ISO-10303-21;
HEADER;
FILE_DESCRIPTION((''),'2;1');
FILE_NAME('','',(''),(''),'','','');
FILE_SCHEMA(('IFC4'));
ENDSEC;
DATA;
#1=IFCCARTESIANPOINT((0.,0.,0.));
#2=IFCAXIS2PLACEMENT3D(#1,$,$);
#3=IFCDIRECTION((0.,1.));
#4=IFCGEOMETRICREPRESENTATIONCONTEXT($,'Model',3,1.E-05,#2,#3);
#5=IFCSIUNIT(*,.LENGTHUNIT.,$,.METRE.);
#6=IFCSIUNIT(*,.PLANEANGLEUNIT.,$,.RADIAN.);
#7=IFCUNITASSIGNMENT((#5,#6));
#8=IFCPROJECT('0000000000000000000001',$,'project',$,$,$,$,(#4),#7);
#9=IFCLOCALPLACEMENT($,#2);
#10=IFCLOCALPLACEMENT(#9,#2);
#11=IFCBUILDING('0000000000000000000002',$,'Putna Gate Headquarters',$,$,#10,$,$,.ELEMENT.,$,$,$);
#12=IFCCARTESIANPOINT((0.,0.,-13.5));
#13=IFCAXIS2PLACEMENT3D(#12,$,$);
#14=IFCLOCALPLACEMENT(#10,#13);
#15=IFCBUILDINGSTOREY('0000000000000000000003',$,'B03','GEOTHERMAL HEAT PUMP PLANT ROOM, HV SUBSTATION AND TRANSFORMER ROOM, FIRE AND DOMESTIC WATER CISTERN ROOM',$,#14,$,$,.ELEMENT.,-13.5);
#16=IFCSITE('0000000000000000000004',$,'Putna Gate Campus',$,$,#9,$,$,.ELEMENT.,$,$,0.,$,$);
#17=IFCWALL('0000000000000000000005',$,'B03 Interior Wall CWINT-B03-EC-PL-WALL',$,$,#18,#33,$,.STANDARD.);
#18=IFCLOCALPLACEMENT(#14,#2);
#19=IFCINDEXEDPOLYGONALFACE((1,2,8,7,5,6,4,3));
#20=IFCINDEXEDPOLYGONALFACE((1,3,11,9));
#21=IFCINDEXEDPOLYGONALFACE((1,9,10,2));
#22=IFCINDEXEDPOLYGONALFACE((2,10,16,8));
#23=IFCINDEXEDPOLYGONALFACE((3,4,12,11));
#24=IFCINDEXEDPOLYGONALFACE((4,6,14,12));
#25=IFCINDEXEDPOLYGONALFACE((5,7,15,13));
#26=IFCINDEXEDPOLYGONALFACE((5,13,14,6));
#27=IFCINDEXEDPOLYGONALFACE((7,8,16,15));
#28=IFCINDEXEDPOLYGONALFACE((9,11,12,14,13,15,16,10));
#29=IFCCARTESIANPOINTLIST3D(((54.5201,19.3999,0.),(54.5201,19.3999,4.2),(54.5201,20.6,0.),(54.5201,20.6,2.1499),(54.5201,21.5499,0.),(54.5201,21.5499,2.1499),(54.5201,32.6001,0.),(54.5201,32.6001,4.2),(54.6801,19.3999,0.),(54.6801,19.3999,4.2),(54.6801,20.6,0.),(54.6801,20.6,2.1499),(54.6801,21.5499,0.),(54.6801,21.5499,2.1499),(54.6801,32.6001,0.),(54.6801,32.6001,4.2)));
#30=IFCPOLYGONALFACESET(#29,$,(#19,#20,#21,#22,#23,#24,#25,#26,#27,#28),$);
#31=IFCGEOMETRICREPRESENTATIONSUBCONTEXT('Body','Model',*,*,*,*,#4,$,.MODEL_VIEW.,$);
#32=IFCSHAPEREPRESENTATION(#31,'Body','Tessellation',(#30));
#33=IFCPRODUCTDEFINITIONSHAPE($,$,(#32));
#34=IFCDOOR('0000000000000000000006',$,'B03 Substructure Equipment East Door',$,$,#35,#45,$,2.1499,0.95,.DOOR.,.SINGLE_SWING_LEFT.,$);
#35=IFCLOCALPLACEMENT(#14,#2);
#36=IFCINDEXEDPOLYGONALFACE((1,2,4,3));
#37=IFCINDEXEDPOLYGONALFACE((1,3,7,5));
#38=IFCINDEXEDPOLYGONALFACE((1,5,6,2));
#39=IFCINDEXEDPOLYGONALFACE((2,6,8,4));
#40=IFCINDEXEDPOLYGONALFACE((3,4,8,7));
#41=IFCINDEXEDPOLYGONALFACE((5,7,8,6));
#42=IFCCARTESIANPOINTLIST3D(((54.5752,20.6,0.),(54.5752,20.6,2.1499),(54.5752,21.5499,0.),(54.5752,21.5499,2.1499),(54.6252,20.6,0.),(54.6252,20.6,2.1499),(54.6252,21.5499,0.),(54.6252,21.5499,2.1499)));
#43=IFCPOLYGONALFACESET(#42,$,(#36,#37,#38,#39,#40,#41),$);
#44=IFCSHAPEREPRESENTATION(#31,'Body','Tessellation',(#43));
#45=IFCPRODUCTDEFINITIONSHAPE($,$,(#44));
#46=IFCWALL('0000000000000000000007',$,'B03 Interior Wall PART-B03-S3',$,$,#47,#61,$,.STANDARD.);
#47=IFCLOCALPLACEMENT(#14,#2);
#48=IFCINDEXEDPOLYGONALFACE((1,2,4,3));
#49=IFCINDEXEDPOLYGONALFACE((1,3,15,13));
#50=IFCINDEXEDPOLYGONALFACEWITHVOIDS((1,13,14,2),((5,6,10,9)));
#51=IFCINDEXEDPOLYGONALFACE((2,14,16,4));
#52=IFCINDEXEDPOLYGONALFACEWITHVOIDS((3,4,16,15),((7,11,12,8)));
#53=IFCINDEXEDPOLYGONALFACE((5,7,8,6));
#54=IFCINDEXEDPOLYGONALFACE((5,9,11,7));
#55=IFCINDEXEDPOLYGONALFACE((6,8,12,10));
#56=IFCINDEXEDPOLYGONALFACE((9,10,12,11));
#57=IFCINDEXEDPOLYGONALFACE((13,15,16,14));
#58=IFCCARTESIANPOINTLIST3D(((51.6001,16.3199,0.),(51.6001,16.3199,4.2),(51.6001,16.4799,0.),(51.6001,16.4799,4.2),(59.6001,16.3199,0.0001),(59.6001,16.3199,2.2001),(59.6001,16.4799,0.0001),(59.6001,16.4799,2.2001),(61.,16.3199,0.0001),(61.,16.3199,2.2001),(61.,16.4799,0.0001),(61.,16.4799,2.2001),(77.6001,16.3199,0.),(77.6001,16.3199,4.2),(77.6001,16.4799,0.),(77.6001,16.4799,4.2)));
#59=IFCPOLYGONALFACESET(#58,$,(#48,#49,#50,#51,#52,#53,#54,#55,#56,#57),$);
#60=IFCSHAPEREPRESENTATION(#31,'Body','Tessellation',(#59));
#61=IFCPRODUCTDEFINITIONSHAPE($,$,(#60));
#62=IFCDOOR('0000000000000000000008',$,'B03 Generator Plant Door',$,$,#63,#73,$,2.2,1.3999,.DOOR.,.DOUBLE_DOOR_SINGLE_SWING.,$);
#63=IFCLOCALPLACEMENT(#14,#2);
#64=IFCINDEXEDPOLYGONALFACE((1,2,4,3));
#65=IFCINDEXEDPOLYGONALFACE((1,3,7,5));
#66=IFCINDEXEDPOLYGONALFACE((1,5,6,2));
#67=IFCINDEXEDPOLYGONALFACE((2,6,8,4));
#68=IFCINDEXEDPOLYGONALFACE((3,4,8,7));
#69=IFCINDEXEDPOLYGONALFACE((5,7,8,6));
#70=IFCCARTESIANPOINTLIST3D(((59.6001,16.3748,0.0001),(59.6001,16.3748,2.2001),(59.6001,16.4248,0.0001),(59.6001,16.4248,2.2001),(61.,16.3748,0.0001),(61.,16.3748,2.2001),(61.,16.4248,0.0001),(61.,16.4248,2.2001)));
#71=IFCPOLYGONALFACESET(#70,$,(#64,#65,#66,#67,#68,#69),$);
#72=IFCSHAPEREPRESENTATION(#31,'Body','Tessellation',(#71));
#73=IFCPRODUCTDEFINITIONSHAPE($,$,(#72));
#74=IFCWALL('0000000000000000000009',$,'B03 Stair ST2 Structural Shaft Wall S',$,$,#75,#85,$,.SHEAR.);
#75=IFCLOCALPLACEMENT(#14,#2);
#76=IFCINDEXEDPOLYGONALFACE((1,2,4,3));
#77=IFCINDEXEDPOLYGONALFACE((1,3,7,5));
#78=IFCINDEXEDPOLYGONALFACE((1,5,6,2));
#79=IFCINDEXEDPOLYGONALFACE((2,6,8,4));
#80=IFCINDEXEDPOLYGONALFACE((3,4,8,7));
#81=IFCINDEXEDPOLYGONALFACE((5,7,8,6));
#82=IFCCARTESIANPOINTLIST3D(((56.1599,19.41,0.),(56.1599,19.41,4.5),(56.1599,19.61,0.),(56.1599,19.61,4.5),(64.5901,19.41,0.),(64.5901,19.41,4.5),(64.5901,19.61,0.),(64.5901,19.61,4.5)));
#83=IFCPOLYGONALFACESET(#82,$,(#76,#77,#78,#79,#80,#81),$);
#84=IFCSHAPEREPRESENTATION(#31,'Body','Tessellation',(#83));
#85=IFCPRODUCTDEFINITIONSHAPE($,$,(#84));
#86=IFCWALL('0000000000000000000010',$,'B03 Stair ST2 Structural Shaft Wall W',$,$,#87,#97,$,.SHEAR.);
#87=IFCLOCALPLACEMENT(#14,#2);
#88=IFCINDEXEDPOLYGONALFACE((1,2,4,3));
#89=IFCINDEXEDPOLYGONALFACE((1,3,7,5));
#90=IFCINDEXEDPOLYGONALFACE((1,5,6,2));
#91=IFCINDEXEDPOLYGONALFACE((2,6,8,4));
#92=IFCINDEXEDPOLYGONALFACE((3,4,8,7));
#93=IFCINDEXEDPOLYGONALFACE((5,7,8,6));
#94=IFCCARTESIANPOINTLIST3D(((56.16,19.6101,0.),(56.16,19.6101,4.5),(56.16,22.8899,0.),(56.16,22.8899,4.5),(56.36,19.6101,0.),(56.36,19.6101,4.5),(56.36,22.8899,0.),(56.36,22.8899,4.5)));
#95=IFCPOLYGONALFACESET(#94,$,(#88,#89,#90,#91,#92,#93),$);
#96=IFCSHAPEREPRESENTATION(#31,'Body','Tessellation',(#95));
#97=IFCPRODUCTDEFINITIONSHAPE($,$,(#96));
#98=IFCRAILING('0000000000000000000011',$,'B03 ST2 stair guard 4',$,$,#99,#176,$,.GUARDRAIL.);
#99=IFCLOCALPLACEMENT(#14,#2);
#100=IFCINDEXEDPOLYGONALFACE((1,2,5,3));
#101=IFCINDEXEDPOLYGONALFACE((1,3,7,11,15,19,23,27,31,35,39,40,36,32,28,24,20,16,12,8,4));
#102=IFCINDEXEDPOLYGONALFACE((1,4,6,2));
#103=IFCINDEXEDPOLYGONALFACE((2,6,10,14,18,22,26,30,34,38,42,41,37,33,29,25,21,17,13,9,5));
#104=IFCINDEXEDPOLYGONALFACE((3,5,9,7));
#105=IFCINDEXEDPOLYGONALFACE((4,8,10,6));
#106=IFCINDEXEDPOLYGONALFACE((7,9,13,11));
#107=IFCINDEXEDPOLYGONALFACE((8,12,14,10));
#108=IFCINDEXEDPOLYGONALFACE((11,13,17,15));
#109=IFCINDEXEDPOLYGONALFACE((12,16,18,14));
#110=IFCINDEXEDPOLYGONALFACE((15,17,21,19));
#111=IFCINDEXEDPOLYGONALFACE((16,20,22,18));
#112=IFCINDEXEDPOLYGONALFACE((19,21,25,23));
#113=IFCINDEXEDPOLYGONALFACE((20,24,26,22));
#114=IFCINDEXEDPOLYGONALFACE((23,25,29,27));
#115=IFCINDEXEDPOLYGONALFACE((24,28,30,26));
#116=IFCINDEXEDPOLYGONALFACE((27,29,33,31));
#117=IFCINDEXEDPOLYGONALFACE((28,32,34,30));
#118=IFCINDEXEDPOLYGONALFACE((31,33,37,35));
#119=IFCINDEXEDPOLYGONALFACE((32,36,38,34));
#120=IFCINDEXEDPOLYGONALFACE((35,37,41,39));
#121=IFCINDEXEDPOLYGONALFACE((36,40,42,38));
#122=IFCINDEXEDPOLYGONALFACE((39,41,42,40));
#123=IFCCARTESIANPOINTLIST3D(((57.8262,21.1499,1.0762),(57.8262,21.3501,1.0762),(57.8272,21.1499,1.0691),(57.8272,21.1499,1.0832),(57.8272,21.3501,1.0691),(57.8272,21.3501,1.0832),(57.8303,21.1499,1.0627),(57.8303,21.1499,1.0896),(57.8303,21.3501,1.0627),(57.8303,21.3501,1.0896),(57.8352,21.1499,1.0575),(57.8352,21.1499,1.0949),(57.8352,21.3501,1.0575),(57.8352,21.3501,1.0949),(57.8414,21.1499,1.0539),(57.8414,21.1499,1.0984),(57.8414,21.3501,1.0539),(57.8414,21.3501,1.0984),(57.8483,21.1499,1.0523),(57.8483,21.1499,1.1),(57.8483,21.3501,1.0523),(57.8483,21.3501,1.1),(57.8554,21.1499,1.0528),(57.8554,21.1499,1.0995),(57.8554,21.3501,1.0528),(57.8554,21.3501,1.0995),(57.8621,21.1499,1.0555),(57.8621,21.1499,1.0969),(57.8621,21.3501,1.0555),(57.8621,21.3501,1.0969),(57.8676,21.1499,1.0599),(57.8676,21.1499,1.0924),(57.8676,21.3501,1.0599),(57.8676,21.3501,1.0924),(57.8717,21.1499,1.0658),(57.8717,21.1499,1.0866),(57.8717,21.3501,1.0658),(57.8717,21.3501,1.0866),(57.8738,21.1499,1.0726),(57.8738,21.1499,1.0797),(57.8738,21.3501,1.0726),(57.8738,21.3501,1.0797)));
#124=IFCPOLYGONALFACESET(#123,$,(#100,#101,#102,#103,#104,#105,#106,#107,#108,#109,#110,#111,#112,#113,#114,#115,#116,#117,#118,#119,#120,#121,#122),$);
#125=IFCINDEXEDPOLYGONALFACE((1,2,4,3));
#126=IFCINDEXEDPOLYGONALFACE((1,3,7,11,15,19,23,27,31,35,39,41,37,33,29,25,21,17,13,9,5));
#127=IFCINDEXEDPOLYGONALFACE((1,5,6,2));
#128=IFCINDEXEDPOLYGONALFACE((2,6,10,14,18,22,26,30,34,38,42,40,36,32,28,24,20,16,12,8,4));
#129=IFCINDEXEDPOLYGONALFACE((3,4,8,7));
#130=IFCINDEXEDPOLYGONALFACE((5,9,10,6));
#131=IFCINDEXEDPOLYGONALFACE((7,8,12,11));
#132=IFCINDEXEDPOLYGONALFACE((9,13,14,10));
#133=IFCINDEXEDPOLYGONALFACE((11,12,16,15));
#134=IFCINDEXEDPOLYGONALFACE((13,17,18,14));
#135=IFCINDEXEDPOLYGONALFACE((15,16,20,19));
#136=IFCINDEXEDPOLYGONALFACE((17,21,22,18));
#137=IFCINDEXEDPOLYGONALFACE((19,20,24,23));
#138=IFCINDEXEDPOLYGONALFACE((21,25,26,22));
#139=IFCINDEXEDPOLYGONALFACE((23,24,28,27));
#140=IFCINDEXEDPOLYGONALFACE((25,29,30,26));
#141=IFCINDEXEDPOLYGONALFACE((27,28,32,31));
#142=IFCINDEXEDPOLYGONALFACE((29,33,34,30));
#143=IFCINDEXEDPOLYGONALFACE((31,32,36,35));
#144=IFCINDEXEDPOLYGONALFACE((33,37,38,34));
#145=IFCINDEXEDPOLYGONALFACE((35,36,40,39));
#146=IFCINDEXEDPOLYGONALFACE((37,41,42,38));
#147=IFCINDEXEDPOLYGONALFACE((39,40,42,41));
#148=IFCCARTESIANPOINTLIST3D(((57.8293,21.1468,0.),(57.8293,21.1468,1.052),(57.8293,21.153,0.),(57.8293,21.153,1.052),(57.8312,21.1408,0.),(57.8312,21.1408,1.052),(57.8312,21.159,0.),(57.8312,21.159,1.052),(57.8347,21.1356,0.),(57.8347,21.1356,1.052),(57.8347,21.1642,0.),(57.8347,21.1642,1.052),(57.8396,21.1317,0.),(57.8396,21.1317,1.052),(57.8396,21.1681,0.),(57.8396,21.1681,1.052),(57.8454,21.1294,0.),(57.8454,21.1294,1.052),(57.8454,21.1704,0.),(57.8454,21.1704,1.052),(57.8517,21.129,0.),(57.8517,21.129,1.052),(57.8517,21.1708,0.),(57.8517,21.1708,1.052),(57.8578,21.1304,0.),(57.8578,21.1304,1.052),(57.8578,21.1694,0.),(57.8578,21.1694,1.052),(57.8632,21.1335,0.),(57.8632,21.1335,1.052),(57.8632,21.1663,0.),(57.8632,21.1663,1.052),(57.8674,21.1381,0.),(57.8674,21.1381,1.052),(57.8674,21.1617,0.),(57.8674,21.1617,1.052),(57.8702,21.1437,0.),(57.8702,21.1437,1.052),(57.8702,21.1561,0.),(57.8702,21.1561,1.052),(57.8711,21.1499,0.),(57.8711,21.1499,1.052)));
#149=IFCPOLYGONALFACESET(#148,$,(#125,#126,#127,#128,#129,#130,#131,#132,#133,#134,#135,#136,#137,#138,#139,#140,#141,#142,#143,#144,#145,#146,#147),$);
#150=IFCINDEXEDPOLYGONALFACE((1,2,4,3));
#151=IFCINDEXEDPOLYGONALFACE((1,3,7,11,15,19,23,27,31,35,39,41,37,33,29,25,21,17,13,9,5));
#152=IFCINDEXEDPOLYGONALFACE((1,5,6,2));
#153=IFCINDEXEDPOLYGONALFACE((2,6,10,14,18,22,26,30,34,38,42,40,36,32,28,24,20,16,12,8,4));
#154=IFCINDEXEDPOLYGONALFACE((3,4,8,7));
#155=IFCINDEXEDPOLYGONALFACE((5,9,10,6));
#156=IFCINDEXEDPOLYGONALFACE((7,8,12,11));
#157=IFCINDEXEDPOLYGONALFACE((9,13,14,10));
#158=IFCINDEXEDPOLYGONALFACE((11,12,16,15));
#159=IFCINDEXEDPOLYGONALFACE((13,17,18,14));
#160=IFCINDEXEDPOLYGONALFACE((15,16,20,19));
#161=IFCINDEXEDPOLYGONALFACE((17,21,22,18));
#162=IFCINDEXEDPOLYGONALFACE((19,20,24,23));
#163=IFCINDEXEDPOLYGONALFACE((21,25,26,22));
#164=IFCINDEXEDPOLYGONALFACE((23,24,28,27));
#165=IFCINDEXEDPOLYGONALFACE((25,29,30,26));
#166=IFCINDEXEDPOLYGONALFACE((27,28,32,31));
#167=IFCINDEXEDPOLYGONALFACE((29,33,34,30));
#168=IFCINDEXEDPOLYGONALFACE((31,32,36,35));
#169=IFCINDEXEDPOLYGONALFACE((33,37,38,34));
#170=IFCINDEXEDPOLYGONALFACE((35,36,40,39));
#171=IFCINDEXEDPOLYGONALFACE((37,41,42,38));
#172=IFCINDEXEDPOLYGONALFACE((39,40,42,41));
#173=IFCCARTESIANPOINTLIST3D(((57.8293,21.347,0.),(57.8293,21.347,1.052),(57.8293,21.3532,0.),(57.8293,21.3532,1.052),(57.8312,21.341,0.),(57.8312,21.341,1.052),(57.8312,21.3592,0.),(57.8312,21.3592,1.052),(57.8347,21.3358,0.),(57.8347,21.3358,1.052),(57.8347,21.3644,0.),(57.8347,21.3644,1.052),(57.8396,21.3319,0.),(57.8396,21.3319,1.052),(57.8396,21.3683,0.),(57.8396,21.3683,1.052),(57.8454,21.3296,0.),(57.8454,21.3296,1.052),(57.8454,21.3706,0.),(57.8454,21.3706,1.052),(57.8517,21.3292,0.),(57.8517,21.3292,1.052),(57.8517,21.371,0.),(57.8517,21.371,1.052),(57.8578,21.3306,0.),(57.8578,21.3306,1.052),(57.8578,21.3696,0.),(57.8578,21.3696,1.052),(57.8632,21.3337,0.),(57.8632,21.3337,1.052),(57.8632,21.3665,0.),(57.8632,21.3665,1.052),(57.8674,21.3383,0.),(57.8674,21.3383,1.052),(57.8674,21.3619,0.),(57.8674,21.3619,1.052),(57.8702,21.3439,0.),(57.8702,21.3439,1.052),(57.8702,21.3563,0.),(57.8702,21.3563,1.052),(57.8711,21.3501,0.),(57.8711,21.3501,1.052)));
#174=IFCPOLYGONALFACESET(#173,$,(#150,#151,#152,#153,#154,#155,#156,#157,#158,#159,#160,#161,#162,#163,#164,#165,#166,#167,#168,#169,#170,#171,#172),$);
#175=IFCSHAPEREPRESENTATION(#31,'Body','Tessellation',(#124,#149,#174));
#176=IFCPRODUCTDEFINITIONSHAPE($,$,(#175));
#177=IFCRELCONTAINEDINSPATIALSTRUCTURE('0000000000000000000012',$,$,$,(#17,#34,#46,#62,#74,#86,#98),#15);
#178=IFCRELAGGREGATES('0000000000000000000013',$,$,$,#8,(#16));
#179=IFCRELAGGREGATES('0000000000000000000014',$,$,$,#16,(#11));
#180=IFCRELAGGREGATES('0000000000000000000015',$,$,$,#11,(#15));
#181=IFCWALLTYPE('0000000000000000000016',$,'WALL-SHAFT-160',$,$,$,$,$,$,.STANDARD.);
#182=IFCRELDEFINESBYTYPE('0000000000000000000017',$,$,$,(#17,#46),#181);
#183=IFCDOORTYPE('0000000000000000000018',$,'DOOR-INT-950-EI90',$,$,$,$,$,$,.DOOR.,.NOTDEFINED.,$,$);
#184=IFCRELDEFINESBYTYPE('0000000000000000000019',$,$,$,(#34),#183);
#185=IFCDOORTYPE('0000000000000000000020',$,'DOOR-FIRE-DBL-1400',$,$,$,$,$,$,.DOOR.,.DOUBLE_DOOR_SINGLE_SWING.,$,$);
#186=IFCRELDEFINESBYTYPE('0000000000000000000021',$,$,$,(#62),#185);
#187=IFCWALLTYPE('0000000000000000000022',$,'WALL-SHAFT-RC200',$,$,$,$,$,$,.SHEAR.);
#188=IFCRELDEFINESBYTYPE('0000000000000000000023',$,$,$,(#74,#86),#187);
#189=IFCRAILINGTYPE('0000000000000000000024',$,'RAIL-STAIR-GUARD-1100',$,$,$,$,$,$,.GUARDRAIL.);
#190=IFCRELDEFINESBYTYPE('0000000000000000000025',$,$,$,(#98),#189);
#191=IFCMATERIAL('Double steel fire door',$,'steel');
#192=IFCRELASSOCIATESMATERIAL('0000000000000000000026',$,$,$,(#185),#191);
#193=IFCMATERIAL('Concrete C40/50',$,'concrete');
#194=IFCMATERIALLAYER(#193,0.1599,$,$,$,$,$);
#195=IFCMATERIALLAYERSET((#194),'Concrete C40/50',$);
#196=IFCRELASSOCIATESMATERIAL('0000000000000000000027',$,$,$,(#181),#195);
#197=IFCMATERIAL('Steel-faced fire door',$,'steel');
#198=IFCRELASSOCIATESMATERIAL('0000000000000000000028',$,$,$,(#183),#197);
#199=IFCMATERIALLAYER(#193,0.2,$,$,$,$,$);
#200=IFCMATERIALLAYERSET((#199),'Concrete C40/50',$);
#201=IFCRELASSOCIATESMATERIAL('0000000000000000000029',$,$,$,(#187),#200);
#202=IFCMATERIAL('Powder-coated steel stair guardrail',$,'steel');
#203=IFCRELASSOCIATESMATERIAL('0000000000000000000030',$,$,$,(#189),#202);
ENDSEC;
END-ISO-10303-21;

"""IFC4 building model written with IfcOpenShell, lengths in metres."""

from ifc_helpers import new_model, si_unit, direction, frame, frame_2d, origin, origin_2d, place, context, subcontext, project, spatial, rectangle, circle, extrude, material, layer, layer_set, type_object, element, fill, save


model = new_model("IFC4")

# Units and contexts
model_context = context("Model", 3, precision=1e-05, world=origin(), true_north=direction((0.0, 1.0)))
body_context = subcontext(model_context, "Body", "Model", "MODEL_VIEW")
ifc_project = project(units=[si_unit("LENGTHUNIT", "METRE"), si_unit("PLANEANGLEUNIT", "RADIAN")], contexts=[model_context])

# Site, building, storey
site_placement = place(None, origin())
site = spatial("IfcSite", under=ifc_project, at=site_placement, Name="Putna Gate Campus", CompositionType="ELEMENT", RefElevation=0.0)
building_placement = place(site_placement, origin())
building = spatial("IfcBuilding", under=site, at=building_placement, Name="Putna Gate Headquarters", CompositionType="ELEMENT")
storey_placement = place(building_placement, frame((0.0, 0.0, -13.5)))
storey = spatial("IfcBuildingStorey", under=building, at=storey_placement, Name="B03", Description="GEOTHERMAL HEAT PUMP PLANT ROOM, HV SUBSTATION AND TRANSFORMER ROOM, FIRE AND DOMESTIC WATER CISTERN ROOM", CompositionType="ELEMENT", Elevation=-13.5)

# Shared definitions
ifc_material_1 = material(Name="Concrete C40/50", Category="concrete")

# Shared definitions
ifc_material_2 = material(Name="Double steel fire door", Category="steel")
door_type_1 = type_object("IfcDoorType", Name="DOOR-FIRE-DBL-1400", OperationType="DOUBLE_DOOR_SINGLE_SWING", PredefinedType="DOOR", material=ifc_material_2)

# Walls, openings, doors
ifc_layer_1 = layer(ifc_material_1, 0.1599)
ifc_layer_set_1 = layer_set([ifc_layer_1], Name="Concrete C40/50")
wall_type_1 = type_object("IfcWallType", Name="WALL-SHAFT-160", PredefinedType="STANDARD", material=ifc_layer_set_1)
wall_1_placement = place(storey_placement, frame((54.6001, 19.3999, 0.0), z_axis=(0.0, 0.0, 1.0), x_axis=(0.0, 1.0, 0.0)))
wall_1 = element("IfcWall", 1, at=wall_1_placement, inside=storey, type_object=wall_type_1, Name="B03 Interior Wall CWINT-B03-EC-PL-WALL", PredefinedType="STANDARD", context=body_context, shape_type="SweptSolid", body=[
    extrude(rectangle(XDim=13.2002, YDim=0.1599, at=frame_2d((6.6001, 0.0))), origin(), (0.0, 0.0, 1.0), 4.2),
])
opening_1_placement = place(wall_1_placement, frame((1.2, 0.0, 0.0)))
opening_1 = element("IfcOpeningElement", 2, at=opening_1_placement, cuts=wall_1, PredefinedType="OPENING", context=body_context, shape_type="SweptSolid", body=[
    extrude(rectangle(XDim=0.95, YDim=2.1499, at=frame_2d((0.4751, 1.075))), frame((0.0, 0.0898, 0.0), z_axis=(0.0, -1.0, 0.0), x_axis=(1.0, 0.0, 0.0)), (0.0, 0.0, 1.0), 0.1799),
])
ifc_material_3 = material(Name="Steel-faced fire door", Category="steel")
door_type_2 = type_object("IfcDoorType", Name="DOOR-INT-950-EI90", OperationType="NOTDEFINED", PredefinedType="DOOR", material=ifc_material_3)
door_1_placement = place(opening_1_placement, origin())
door_1 = element("IfcDoor", 3, at=door_1_placement, inside=storey, type_object=door_type_2, Name="B03 Substructure Equipment East Door", OperationType="SINGLE_SWING_LEFT", OverallHeight=2.1499, OverallWidth=0.95, PredefinedType="DOOR", context=body_context, shape_type="SweptSolid", body=[
    extrude(rectangle(XDim=0.95, YDim=2.1499, at=frame_2d((0.4751, 1.075))), frame((0.0, 0.0249, 0.0), z_axis=(0.0, -1.0, 0.0), x_axis=(1.0, 0.0, 0.0)), (0.0, 0.0, 1.0), 0.05),
])
fill(opening_1, door_1)
wall_2_placement = place(storey_placement, frame((51.6001, 16.3999, 0.0), z_axis=(0.0, 0.0, 1.0), x_axis=(1.0, 0.0, 0.0)))
wall_2 = element("IfcWall", 4, at=wall_2_placement, inside=storey, type_object=wall_type_1, Name="B03 Interior Wall PART-B03-S3", PredefinedType="STANDARD", context=body_context, shape_type="SweptSolid", body=[
    extrude(rectangle(XDim=26.0, YDim=0.1599, at=frame_2d((13.0, 0.0))), origin(), (0.0, 0.0, 1.0), 4.2),
])
opening_2_placement = place(wall_2_placement, frame((8.0, 0.0, 0.0)))
opening_2 = element("IfcOpeningElement", 5, at=opening_2_placement, cuts=wall_2, PredefinedType="OPENING", context=body_context, shape_type="SweptSolid", body=[
    extrude(rectangle(XDim=1.3999, YDim=2.2, at=frame_2d((0.7, 1.1001))), frame((0.0, 0.0898, 0.0), z_axis=(0.0, -1.0, 0.0), x_axis=(1.0, 0.0, 0.0)), (0.0, 0.0, 1.0), 0.1799),
])
door_2_placement = place(opening_2_placement, origin())
door_2 = element("IfcDoor", 6, at=door_2_placement, inside=storey, type_object=door_type_1, Name="B03 Generator Plant Door", OperationType="DOUBLE_DOOR_SINGLE_SWING", OverallHeight=2.2, OverallWidth=1.3999, PredefinedType="DOOR", context=body_context, shape_type="SweptSolid", body=[
    extrude(rectangle(XDim=1.3999, YDim=2.2, at=frame_2d((0.7, 1.1001))), frame((0.0, 0.0249, 0.0), z_axis=(0.0, -1.0, 0.0), x_axis=(1.0, 0.0, 0.0)), (0.0, 0.0, 1.0), 0.05),
])
fill(opening_2, door_2)

# Walls
ifc_layer_2 = layer(ifc_material_1, 0.2)
ifc_layer_set_2 = layer_set([ifc_layer_2], Name="Concrete C40/50")
wall_type_2 = type_object("IfcWallType", Name="WALL-SHAFT-RC200", PredefinedType="SHEAR", material=ifc_layer_set_2)
wall_3_placement = place(storey_placement, frame((56.1599, 19.51, 0.0), z_axis=(0.0, 0.0, 1.0), x_axis=(1.0, 0.0, 0.0)))
element("IfcWall", 7, at=wall_3_placement, inside=storey, type_object=wall_type_2, Name="B03 Stair ST2 Structural Shaft Wall S", PredefinedType="SHEAR", context=body_context, shape_type="SweptSolid", body=[
    extrude(rectangle(XDim=8.4302, YDim=0.2, at=frame_2d((4.2151, 0.0))), origin(), (0.0, 0.0, 1.0), 4.5),
])
wall_4_placement = place(storey_placement, frame((56.26, 19.6101, 0.0), z_axis=(0.0, 0.0, 1.0), x_axis=(0.0, 1.0, 0.0)))
element("IfcWall", 8, at=wall_4_placement, inside=storey, type_object=wall_type_2, Name="B03 Stair ST2 Structural Shaft Wall W", PredefinedType="SHEAR", context=body_context, shape_type="SweptSolid", body=[
    extrude(rectangle(XDim=3.2798, YDim=0.2, at=frame_2d((1.6399, 0.0))), origin(), (0.0, 0.0, 1.0), 4.5),
])

# Railing
ifc_material_4 = material(Name="Powder-coated steel stair guardrail", Category="steel")
railing_type = type_object("IfcRailingType", Name="RAIL-STAIR-GUARD-1100", PredefinedType="GUARDRAIL", material=ifc_material_4)
railing_placement = place(storey_placement, frame((57.8501, 21.1499, 0.0)))
element("IfcRailing", 9, at=railing_placement, inside=storey, type_object=railing_type, Name="B03 ST2 stair guard 4", PredefinedType="GUARDRAIL", context=body_context, shape_type="SweptSolid", body=[
    extrude(circle(Radius=0.0239, at=origin_2d()), frame((0.0, 0.0, 1.0762), z_axis=(0.0, 1.0, 0.0), x_axis=(-1.0, 0.0, 0.0)), (0.0, 0.0, 1.0), 0.2002),
    extrude(circle(Radius=0.021, at=origin_2d()), origin(), (0.0, 0.0, 1.0), 1.052),
    extrude(circle(Radius=0.021, at=origin_2d()), frame((0.0, 0.2002, 0.0)), (0.0, 0.0, 1.0), 1.052),
])

save(model, "model.ifc")
